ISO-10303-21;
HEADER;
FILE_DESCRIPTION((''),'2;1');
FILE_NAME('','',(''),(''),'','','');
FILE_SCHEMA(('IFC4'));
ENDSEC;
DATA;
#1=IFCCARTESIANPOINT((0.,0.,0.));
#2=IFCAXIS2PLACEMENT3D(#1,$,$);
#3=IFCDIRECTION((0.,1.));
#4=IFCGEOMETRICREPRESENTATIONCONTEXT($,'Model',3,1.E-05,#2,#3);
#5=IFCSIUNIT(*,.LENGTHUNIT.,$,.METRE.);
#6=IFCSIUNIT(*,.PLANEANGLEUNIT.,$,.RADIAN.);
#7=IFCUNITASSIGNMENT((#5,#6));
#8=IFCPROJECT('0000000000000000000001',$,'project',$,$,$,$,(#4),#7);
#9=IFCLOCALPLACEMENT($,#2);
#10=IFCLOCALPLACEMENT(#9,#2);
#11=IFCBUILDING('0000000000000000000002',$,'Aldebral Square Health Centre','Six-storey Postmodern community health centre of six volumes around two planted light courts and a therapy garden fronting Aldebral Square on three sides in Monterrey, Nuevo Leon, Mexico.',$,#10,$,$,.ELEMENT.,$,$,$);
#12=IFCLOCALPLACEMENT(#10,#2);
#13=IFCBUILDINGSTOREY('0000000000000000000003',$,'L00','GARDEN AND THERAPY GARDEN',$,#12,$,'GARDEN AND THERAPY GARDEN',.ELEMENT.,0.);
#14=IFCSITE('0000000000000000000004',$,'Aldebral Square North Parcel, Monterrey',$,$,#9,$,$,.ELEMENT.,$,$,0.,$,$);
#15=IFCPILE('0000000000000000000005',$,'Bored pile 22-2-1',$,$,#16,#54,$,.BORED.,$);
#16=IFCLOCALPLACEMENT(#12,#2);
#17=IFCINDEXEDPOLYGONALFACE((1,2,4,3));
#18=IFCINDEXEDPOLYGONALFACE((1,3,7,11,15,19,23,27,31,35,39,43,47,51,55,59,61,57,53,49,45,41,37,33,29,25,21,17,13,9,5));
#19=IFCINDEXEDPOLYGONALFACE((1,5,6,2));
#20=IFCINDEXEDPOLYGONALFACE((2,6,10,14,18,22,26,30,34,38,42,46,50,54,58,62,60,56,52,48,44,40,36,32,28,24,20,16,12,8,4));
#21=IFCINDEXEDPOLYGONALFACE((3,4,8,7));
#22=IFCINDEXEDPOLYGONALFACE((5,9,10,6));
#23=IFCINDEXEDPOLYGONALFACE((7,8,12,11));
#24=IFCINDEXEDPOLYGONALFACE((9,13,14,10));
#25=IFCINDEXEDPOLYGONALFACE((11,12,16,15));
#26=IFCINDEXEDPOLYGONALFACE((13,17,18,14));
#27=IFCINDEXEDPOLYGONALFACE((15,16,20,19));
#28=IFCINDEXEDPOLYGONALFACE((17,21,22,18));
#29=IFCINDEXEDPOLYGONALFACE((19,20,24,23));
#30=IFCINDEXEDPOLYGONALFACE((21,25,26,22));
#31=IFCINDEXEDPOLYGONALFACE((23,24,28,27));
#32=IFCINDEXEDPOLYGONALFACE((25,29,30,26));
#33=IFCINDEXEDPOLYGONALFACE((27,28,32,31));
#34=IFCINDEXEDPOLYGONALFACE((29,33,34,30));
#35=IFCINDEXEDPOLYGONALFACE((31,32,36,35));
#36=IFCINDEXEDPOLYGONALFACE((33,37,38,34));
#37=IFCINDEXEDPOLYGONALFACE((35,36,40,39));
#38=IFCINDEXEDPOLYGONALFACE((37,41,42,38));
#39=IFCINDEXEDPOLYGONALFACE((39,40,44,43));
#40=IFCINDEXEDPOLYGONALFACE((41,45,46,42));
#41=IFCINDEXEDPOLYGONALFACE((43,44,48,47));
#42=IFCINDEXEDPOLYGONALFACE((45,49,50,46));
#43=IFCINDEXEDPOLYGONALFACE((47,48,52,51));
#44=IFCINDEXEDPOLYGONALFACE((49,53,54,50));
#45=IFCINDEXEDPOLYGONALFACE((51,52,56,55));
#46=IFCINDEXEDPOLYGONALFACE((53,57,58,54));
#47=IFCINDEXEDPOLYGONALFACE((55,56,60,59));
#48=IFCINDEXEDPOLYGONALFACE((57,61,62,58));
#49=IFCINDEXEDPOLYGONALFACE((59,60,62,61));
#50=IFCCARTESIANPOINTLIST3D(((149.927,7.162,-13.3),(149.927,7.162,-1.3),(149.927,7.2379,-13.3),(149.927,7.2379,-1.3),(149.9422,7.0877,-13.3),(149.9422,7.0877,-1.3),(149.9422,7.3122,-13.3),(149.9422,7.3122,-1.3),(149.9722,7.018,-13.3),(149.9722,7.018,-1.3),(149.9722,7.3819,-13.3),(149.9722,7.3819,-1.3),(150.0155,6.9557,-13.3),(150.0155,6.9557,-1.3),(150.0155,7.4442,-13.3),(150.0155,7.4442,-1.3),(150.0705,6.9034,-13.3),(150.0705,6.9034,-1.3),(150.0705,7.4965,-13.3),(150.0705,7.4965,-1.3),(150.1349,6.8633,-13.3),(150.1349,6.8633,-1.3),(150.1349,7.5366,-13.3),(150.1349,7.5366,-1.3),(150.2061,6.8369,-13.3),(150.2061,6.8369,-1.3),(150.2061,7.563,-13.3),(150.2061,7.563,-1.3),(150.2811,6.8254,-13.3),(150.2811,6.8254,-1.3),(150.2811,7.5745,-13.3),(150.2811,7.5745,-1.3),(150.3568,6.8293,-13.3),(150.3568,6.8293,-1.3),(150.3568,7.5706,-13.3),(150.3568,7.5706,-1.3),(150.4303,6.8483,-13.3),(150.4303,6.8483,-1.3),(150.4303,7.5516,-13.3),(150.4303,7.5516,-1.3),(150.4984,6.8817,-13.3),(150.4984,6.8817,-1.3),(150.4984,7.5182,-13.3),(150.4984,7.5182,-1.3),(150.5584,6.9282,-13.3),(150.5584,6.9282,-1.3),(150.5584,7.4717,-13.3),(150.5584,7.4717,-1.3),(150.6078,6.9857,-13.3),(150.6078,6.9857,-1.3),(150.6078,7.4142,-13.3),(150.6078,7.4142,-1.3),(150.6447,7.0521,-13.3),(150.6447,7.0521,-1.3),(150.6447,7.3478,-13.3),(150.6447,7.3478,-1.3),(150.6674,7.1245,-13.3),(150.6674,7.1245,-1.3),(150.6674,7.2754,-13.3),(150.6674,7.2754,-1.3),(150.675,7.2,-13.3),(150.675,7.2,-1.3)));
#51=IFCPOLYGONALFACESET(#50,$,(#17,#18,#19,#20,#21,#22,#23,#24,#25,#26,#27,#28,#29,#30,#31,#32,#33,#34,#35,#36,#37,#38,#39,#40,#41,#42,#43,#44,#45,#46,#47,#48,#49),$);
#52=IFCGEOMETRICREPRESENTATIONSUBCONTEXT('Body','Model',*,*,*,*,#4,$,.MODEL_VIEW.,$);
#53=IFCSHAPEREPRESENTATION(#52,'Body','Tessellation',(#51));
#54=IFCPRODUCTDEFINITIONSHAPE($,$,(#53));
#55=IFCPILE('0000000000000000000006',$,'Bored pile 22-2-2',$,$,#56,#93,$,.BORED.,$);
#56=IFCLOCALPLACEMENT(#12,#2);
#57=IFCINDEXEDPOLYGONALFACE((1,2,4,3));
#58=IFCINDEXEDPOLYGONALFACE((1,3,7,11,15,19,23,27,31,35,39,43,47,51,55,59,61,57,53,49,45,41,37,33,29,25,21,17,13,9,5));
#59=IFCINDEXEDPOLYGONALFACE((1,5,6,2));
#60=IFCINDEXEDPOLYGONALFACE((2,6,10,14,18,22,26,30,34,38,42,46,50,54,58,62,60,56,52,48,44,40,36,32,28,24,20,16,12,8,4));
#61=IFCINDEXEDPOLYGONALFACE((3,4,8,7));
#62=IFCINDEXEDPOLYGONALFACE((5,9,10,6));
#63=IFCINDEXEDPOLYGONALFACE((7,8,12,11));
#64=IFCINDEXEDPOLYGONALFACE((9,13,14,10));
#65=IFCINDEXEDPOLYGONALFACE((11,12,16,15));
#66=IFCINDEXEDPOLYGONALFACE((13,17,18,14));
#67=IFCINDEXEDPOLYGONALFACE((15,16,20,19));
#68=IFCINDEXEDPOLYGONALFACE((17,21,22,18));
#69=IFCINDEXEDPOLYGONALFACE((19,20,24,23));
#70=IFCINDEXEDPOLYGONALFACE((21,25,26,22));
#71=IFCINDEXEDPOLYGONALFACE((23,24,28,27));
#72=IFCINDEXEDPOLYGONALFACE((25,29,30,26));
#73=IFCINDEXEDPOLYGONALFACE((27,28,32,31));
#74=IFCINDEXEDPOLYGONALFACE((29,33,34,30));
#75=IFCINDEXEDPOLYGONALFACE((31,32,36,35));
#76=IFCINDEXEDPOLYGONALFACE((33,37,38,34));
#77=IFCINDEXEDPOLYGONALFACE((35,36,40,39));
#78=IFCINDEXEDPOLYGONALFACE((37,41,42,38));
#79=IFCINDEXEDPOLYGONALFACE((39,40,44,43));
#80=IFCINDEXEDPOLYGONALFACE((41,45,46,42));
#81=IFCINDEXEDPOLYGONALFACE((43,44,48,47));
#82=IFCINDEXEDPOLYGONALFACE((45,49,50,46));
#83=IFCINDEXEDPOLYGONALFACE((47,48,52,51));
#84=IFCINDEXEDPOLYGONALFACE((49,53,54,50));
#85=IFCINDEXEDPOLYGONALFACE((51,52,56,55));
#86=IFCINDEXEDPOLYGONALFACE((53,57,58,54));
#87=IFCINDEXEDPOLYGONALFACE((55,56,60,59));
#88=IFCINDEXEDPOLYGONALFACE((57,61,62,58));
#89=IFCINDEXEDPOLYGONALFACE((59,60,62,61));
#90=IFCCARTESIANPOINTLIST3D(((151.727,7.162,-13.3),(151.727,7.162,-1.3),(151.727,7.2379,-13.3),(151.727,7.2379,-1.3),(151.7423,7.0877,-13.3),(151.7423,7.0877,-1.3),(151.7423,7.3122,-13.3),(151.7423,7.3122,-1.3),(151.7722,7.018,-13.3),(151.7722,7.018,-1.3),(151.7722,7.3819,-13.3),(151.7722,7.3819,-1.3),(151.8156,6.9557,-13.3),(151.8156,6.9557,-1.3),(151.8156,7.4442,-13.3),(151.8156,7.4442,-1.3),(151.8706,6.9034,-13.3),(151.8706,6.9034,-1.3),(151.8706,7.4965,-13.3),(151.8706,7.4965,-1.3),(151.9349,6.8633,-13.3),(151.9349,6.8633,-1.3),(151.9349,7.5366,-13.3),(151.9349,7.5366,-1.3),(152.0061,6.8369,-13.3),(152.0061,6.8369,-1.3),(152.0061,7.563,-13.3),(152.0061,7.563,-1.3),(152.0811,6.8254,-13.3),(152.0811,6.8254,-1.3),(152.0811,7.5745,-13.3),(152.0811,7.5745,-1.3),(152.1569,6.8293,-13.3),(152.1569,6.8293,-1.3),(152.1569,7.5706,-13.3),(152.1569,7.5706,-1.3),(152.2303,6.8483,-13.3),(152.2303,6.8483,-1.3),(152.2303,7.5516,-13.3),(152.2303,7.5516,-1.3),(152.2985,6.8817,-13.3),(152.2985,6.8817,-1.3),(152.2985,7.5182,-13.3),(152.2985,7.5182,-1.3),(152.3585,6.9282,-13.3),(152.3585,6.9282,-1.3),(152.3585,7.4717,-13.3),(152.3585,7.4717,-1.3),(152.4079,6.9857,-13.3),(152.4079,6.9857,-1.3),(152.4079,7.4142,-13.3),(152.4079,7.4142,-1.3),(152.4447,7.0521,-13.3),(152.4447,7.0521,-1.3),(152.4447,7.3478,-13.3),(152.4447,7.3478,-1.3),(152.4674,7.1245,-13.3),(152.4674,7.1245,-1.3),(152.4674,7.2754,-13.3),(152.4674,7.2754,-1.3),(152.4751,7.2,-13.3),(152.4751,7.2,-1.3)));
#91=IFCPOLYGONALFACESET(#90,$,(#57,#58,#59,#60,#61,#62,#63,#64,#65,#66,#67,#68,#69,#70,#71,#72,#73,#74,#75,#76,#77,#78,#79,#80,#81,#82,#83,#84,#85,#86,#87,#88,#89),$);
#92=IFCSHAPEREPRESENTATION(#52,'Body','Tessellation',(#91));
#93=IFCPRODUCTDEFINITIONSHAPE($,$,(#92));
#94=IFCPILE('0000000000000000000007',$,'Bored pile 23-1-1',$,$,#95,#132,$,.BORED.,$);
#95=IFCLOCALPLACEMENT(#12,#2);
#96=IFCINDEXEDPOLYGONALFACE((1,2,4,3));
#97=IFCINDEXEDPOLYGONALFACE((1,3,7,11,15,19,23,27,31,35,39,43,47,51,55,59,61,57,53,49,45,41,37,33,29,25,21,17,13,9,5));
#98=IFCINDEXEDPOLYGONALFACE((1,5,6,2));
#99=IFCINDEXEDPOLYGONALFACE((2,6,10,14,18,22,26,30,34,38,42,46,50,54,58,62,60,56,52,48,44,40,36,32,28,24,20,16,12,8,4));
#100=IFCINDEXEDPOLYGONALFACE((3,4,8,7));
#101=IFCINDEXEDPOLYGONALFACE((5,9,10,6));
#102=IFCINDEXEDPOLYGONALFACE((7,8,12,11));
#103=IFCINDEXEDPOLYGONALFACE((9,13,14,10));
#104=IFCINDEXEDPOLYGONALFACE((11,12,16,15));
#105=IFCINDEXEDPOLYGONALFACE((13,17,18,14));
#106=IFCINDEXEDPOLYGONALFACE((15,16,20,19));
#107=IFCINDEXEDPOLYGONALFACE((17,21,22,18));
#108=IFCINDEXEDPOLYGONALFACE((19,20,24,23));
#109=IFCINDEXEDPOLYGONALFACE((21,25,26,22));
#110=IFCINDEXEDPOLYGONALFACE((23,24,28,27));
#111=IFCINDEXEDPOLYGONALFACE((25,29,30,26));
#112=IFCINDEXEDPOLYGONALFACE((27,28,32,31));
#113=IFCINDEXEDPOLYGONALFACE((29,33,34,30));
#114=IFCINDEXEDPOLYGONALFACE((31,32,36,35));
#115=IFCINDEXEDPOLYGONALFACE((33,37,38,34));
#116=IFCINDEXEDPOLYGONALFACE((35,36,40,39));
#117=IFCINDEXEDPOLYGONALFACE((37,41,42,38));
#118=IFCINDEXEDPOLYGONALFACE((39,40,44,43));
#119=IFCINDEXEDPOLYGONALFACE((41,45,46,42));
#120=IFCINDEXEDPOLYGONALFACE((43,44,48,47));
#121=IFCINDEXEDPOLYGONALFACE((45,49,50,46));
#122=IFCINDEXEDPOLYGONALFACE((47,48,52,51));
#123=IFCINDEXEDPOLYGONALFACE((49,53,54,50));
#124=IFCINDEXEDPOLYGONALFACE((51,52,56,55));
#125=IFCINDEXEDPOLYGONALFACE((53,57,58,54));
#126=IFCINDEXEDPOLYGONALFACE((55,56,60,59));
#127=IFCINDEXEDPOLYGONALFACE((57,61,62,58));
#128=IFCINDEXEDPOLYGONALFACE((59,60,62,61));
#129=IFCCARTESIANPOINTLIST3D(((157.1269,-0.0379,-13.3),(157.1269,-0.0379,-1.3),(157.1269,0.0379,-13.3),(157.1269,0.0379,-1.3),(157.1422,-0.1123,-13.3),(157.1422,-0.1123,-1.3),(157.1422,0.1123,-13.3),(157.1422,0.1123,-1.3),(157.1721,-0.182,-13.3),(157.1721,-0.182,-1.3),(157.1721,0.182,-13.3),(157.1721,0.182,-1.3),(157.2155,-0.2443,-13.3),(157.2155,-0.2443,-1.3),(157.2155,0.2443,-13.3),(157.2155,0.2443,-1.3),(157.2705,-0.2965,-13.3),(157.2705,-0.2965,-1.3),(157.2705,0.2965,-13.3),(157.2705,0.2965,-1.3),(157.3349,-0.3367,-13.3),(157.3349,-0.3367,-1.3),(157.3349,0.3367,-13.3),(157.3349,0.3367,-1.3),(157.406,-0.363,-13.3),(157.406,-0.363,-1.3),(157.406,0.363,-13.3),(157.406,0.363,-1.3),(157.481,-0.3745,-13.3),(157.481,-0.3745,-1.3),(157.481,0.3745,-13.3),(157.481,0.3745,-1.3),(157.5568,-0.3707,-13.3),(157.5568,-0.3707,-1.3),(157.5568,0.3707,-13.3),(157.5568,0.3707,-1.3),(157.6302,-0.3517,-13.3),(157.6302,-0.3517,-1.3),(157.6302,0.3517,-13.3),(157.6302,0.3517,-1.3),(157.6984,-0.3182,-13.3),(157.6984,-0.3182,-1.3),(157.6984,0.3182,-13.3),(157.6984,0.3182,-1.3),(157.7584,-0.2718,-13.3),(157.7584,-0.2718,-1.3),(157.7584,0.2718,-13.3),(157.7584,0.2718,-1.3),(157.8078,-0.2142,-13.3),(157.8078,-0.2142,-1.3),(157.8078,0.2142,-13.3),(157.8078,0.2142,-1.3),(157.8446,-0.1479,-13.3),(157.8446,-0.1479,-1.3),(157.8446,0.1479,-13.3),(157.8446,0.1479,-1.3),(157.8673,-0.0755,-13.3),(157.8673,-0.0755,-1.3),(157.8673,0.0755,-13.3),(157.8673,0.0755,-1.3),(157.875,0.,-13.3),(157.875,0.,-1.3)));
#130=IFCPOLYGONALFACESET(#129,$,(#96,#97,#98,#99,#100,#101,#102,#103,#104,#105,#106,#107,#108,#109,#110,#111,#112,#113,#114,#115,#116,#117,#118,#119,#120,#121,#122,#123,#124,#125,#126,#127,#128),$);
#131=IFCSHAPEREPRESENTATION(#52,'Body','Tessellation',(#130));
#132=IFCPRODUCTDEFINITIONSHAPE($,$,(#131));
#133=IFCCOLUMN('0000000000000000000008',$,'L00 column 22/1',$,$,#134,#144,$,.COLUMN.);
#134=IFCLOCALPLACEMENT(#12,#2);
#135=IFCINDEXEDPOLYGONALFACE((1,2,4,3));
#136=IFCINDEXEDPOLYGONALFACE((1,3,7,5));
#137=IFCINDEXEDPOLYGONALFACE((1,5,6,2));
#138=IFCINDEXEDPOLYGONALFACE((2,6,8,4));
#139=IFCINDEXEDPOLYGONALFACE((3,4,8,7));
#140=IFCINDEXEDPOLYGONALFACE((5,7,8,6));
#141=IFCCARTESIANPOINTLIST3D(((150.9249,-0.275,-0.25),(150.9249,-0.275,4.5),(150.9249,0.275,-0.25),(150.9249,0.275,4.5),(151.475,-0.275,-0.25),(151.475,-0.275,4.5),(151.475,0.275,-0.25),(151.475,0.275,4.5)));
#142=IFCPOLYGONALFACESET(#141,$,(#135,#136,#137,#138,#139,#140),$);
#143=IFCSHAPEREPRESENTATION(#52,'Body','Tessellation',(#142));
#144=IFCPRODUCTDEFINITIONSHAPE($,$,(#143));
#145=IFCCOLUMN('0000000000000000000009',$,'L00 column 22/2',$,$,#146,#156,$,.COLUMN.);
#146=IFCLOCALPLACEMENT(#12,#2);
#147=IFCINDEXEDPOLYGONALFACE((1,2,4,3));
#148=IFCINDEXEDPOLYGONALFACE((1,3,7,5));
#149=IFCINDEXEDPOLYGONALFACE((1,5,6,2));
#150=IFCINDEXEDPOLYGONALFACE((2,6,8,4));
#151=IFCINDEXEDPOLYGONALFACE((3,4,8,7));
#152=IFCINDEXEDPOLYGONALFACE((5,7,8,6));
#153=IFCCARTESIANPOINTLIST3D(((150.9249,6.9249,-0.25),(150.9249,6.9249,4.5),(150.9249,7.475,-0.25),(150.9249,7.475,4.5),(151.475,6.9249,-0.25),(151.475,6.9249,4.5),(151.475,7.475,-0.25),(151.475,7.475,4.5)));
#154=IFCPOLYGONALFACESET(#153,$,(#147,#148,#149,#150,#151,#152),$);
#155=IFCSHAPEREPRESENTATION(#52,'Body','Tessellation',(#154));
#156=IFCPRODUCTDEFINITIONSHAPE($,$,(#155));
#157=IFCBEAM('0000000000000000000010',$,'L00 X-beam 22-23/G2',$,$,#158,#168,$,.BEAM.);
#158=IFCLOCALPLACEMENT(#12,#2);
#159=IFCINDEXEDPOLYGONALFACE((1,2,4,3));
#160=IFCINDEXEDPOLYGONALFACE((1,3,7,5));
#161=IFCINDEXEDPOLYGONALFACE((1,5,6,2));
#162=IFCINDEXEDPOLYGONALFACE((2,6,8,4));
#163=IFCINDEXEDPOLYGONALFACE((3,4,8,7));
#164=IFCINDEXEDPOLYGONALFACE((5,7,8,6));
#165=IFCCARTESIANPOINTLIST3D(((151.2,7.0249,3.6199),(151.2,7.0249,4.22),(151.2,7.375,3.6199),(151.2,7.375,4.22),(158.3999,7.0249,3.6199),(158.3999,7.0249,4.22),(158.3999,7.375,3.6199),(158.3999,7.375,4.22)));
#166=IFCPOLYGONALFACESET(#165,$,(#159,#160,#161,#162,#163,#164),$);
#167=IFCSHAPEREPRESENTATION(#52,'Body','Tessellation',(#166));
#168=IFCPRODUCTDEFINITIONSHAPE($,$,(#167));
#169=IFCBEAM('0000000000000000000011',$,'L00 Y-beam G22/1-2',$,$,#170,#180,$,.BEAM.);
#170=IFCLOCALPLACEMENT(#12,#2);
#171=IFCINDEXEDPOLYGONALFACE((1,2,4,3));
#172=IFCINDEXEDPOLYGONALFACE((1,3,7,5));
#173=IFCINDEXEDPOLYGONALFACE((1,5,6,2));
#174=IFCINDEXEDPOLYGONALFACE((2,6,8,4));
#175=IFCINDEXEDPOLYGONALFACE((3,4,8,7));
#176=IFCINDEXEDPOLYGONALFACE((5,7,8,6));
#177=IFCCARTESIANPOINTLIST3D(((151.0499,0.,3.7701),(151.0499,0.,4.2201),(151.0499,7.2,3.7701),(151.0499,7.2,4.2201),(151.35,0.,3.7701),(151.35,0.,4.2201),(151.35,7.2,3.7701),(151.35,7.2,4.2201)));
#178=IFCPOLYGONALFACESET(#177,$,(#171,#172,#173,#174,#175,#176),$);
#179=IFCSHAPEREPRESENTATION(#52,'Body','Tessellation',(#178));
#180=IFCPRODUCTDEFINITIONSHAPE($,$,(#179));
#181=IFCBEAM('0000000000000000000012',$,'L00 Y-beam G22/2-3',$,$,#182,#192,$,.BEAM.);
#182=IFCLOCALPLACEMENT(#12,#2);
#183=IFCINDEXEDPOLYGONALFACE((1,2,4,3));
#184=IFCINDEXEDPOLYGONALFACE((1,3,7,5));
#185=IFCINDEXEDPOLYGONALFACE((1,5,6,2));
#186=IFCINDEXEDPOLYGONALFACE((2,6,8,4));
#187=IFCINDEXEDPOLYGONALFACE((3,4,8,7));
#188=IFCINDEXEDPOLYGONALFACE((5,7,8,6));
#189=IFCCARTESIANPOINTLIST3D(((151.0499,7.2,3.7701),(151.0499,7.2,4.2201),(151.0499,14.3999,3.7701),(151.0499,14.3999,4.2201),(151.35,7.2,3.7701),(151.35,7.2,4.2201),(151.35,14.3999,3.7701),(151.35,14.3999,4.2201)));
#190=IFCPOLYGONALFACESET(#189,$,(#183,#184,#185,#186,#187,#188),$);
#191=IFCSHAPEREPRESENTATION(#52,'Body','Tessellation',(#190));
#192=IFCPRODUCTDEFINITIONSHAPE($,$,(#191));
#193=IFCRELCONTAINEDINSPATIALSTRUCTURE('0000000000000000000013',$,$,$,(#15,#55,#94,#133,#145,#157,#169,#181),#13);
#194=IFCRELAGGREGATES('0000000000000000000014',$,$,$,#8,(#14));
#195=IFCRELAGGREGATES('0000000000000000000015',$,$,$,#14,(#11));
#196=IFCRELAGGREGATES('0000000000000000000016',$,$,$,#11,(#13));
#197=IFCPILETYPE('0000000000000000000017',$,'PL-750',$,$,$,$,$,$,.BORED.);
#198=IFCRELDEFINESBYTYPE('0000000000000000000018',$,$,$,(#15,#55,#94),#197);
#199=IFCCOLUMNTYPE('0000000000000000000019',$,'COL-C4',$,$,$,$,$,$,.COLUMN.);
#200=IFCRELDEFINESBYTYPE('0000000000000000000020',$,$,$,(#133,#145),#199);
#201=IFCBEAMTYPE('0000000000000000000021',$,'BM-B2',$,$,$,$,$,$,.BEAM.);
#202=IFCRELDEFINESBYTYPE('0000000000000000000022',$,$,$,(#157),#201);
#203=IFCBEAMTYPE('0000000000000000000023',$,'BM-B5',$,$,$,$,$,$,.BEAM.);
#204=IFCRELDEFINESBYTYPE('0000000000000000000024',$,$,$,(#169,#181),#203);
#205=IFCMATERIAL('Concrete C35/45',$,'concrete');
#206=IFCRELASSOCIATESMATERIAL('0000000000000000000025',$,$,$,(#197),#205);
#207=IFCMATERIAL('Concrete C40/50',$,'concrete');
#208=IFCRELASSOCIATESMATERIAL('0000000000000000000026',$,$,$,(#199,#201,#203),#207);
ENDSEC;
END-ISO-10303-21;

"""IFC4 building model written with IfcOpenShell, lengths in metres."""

from ifc_helpers import new_model, si_unit, direction, frame, origin, origin_2d, place, context, subcontext, project, spatial, rectangle, circle, extrude, material, material_profile, profile_set, type_object, element, save


model = new_model("IFC4")

# Units and contexts
model_context = context("Model", 3, precision=1e-05, world=origin(), true_north=direction((0.0, 1.0)))
body_context = subcontext(model_context, "Body", "Model", "MODEL_VIEW")
ifc_project = project(units=[si_unit("LENGTHUNIT", "METRE"), si_unit("PLANEANGLEUNIT", "RADIAN")], contexts=[model_context])

# Site, building, storey
site_placement = place(None, origin())
site = spatial("IfcSite", under=ifc_project, at=site_placement, Name="Aldebral Square North Parcel, Monterrey", CompositionType="ELEMENT", RefElevation=0.0)
building_placement = place(site_placement, origin())
building = spatial("IfcBuilding", under=site, at=building_placement, Name="Aldebral Square Health Centre", Description="Six-storey Postmodern community health centre of six volumes around two planted light courts and a therapy garden fronting Aldebral Square on three sides in Monterrey, Nuevo Leon, Mexico.", CompositionType="ELEMENT")
storey_placement = place(building_placement, origin())
storey = spatial("IfcBuildingStorey", under=building, at=storey_placement, Name="L00", Description="GARDEN AND THERAPY GARDEN", LongName="GARDEN AND THERAPY GARDEN", CompositionType="ELEMENT", Elevation=0.0)

# Shared definitions
ifc_material_1 = material(Name="Concrete C35/45", Category="concrete")

# Piles
ifc_material_profile_1 = material_profile(ifc_material_1, circle(Radius=0.375, at=origin_2d()), Name="PILE D750")
ifc_profile_set_1 = profile_set([ifc_material_profile_1], Name="Concrete C35/45")
pile_type_1 = type_object("IfcPileType", Name="PL-750", PredefinedType="BORED", material=ifc_profile_set_1)
for number, where, z_axis, x_axis, name in (
    (1, (150.3, 7.2, -1.3), (0.0, 0.0, -1.0), (1.0, 0.0, 0.0), "Bored pile 22-2-1"),
    (2, (152.1001, 7.2, -1.3), (0.0, 0.0, -1.0), (1.0, 0.0, 0.0), "Bored pile 22-2-2"),
    (3, (157.5, 0.0, -1.3), (0.0, 0.0, -1.0), (1.0, 0.0, 0.0), "Bored pile 23-1-1"),
):
    element("IfcPile", number, at=place(storey_placement, frame(where, z_axis=z_axis, x_axis=x_axis)), inside=storey, type_object=pile_type_1, Name=name, PredefinedType="BORED", context=body_context, shape_type="SweptSolid", body=[
        extrude(circle(Radius=0.375, at=origin_2d()), origin(), (0.0, 0.0, 1.0), 12.0),
    ])

# Columns
ifc_material_2 = material(Name="Concrete C40/50", Category="concrete")
ifc_material_profile_2 = material_profile(ifc_material_2, rectangle(XDim=0.55, YDim=0.55, at=origin_2d()), Name="RC 550x550")
ifc_profile_set_2 = profile_set([ifc_material_profile_2], Name="Concrete C40/50")
column_type = type_object("IfcColumnType", Name="COL-C4", PredefinedType="COLUMN", material=ifc_profile_set_2)
for number, where, z_axis, x_axis, name in (
    (4, (151.2, 0.0, -0.25), (0.0, 0.0, 1.0), (1.0, 0.0, 0.0), "L00 column 22/1"),
    (5, (151.2, 7.2, -0.25), (0.0, 0.0, 1.0), (1.0, 0.0, 0.0), "L00 column 22/2"),
):
    element("IfcColumn", number, at=place(storey_placement, frame(where, z_axis=z_axis, x_axis=x_axis)), inside=storey, type_object=column_type, Name=name, PredefinedType="COLUMN", context=body_context, shape_type="SweptSolid", body=[
        extrude(rectangle(XDim=0.55, YDim=0.55, at=origin_2d()), origin(), (0.0, 0.0, 1.0), 4.75),
    ])

# Beams
ifc_material_profile_3 = material_profile(ifc_material_2, rectangle(XDim=0.3501, YDim=0.6001, at=origin_2d()), Name="RC 350x600")
ifc_profile_set_3 = profile_set([ifc_material_profile_3], Name="Concrete C40/50")
beam_type_1 = type_object("IfcBeamType", Name="BM-B2", PredefinedType="BEAM", material=ifc_profile_set_3)
beam_1_placement = place(storey_placement, frame((151.2, 7.2, 3.9199), z_axis=(1.0, 0.0, 0.0), x_axis=(0.0, 1.0, 0.0)))
element("IfcBeam", 6, at=beam_1_placement, inside=storey, type_object=beam_type_1, Name="L00 X-beam 22-23/G2", PredefinedType="BEAM", context=body_context, shape_type="SweptSolid", body=[
    extrude(rectangle(XDim=0.3501, YDim=0.6001, at=origin_2d()), origin(), (0.0, 0.0, 1.0), 7.2),
])
ifc_material_profile_4 = material_profile(ifc_material_2, rectangle(XDim=0.3, YDim=0.45, at=origin_2d()), Name="RC 300x450")
ifc_profile_set_4 = profile_set([ifc_material_profile_4], Name="Concrete C40/50")
beam_type_2 = type_object("IfcBeamType", Name="BM-B5", PredefinedType="BEAM", material=ifc_profile_set_4)
for number, where, z_axis, x_axis, name in (
    (7, (151.2, 0.0, 3.9951), (0.0, 1.0, 0.0), (-1.0, 0.0, 0.0), "L00 Y-beam G22/1-2"),
    (8, (151.2, 7.2, 3.9951), (0.0, 1.0, 0.0), (-1.0, 0.0, 0.0), "L00 Y-beam G22/2-3"),
):
    element("IfcBeam", number, at=place(storey_placement, frame(where, z_axis=z_axis, x_axis=x_axis)), inside=storey, type_object=beam_type_2, Name=name, PredefinedType="BEAM", context=body_context, shape_type="SweptSolid", body=[
        extrude(rectangle(XDim=0.3, YDim=0.45, at=origin_2d()), origin(), (0.0, 0.0, 1.0), 7.2),
    ])

save(model, "model.ifc")
